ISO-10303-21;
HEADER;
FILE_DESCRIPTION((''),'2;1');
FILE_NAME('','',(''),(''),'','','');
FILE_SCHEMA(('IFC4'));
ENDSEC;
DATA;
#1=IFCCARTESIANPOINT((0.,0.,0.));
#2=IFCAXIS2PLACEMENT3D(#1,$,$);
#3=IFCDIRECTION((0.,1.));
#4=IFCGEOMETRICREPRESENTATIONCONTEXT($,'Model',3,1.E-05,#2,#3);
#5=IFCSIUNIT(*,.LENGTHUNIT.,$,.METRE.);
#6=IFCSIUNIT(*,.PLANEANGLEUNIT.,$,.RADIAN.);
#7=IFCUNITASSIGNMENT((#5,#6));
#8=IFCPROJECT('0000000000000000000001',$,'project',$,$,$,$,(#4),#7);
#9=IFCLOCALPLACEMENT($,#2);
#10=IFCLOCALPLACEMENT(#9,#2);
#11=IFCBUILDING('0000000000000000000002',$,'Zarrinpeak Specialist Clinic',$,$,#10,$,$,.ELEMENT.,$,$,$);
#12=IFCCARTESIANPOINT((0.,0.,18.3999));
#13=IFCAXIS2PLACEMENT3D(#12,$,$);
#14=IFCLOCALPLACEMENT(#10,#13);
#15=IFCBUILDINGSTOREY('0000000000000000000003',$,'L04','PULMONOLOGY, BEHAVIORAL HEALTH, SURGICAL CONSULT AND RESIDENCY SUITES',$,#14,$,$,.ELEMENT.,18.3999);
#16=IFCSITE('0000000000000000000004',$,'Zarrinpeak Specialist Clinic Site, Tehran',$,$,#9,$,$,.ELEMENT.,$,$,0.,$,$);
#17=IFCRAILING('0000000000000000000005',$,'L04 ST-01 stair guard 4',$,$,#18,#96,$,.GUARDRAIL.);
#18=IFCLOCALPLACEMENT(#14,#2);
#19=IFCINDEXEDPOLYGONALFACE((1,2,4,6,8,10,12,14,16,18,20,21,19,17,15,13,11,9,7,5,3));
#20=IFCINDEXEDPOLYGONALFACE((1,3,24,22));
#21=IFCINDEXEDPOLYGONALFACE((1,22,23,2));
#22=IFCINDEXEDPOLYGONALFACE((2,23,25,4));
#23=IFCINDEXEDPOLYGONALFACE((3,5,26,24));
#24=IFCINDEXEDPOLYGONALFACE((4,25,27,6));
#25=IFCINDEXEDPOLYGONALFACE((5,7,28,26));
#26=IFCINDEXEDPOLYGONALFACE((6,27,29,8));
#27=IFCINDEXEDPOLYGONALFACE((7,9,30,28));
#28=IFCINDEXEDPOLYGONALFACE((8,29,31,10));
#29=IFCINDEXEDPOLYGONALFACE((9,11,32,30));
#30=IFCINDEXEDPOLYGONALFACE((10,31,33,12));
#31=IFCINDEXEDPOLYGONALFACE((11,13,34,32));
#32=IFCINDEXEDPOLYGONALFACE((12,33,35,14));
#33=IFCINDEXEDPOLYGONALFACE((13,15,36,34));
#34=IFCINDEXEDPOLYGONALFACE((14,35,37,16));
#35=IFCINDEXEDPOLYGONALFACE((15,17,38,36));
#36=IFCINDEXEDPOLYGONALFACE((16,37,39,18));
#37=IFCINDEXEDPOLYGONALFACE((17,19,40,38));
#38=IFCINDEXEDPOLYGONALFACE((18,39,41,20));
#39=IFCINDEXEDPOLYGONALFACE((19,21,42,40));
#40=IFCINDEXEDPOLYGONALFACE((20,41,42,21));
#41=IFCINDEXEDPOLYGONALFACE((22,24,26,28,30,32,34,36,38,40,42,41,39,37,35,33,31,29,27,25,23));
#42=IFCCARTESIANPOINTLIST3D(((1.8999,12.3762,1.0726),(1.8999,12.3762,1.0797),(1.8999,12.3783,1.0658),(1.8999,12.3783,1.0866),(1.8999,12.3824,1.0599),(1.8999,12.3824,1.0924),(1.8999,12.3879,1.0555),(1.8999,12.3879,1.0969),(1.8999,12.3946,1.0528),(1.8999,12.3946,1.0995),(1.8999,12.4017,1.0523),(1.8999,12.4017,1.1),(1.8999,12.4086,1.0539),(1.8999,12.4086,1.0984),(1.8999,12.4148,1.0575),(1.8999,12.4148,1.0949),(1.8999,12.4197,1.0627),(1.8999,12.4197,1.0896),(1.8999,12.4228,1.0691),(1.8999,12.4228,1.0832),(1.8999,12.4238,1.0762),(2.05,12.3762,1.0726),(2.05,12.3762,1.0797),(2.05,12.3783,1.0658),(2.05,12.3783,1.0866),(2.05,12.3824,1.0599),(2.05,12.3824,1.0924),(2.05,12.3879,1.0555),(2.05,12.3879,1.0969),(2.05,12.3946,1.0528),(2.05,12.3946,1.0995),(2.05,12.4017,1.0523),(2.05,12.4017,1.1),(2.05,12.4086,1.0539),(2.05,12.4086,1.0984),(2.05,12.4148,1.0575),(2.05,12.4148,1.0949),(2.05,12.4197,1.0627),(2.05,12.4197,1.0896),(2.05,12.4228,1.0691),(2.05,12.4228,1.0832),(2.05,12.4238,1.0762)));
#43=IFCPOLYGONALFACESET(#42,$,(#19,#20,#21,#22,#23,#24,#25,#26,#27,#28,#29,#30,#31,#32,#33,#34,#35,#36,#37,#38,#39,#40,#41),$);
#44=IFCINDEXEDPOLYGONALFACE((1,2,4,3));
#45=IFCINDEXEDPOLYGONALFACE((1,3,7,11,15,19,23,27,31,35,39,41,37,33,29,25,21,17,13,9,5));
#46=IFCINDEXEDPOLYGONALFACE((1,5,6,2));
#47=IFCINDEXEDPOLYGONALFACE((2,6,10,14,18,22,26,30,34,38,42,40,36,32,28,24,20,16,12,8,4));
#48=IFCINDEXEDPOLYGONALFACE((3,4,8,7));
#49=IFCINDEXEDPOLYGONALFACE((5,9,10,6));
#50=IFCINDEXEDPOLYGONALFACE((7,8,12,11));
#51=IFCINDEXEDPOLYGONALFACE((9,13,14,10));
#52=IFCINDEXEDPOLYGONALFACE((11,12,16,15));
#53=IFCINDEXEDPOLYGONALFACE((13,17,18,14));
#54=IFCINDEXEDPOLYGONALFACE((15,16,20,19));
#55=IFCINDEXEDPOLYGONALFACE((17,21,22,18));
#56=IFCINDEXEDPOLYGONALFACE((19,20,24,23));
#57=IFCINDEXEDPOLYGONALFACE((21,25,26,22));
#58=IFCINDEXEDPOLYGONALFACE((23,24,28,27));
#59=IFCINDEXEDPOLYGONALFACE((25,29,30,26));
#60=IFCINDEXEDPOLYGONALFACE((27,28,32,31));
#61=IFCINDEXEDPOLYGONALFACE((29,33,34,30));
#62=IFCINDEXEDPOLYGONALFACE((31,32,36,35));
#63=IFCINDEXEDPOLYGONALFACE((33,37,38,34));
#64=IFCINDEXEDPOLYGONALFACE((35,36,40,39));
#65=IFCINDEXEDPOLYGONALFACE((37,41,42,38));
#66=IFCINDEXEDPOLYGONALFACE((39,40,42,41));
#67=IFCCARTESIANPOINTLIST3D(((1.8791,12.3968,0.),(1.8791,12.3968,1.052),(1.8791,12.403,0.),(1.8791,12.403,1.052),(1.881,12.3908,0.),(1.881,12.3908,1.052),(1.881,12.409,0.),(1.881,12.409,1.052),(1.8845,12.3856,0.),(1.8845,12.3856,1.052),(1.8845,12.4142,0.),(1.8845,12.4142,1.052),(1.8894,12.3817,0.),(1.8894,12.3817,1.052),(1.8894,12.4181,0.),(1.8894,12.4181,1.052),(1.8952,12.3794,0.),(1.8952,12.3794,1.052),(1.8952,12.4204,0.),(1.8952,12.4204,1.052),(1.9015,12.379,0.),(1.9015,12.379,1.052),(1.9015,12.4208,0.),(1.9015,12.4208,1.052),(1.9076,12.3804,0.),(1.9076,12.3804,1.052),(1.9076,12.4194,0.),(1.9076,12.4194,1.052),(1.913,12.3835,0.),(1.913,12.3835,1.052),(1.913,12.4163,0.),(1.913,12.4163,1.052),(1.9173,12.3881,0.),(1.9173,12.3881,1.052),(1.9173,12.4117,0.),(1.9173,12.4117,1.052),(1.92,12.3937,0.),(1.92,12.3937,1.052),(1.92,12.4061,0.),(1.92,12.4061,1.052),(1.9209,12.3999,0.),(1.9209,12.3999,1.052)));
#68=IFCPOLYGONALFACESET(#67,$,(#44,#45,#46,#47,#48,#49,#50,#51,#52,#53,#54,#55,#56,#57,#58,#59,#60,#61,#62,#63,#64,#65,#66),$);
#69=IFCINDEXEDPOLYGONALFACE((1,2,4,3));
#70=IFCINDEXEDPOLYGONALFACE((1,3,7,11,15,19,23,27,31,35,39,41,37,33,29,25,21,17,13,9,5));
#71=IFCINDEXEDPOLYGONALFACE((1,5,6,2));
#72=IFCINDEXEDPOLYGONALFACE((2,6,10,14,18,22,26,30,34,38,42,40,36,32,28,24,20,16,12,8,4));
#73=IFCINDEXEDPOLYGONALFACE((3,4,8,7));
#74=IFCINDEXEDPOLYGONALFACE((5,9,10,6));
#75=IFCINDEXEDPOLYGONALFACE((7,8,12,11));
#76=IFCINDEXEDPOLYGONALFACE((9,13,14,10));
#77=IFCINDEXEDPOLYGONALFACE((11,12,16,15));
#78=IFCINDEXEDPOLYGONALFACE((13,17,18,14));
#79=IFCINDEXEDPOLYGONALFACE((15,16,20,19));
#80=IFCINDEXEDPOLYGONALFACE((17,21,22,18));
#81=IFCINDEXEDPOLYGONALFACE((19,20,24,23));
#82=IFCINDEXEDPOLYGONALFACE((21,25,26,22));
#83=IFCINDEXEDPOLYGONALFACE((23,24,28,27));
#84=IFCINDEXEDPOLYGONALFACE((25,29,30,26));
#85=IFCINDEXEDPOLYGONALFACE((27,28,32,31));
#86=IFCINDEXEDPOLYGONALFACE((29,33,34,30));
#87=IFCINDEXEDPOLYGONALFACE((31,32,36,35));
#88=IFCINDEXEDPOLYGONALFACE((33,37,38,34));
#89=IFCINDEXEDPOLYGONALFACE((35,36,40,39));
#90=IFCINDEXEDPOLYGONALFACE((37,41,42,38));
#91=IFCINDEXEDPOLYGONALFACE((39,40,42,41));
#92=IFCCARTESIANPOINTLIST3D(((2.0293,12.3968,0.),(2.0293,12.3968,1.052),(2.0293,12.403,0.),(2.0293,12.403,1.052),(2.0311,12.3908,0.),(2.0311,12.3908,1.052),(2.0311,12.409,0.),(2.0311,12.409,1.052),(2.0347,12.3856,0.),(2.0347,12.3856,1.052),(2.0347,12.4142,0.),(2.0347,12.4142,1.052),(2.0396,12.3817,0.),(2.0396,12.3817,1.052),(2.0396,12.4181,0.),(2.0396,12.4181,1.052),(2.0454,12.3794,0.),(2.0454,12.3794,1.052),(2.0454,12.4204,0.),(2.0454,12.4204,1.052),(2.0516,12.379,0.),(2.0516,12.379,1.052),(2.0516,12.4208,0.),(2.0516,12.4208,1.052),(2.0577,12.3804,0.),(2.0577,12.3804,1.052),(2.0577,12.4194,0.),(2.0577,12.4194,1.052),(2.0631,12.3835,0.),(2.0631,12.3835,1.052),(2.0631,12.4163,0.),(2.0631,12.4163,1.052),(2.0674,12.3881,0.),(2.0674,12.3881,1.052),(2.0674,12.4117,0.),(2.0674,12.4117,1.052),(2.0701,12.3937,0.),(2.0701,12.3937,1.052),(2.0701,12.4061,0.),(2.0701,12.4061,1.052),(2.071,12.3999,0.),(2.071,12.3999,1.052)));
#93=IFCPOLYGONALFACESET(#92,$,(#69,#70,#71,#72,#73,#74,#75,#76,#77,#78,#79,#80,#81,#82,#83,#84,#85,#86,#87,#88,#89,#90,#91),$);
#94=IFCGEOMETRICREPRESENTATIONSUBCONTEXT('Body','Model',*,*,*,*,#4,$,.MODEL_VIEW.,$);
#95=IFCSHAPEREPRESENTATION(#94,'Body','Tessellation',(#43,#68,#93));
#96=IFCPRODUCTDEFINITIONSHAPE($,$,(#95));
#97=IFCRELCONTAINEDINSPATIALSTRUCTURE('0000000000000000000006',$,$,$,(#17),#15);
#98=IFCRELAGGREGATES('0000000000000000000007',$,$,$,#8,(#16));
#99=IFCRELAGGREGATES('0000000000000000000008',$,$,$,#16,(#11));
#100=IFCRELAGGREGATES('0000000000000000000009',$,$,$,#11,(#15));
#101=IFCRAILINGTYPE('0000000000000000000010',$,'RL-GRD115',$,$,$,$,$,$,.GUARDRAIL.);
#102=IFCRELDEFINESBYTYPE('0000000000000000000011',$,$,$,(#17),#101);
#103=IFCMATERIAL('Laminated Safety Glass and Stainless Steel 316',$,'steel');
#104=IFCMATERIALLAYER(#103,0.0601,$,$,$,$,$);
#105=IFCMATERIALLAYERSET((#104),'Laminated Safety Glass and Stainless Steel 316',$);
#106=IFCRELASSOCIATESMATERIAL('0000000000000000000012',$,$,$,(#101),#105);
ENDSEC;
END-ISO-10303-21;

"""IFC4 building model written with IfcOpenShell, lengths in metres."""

from ifc_helpers import new_model, si_unit, direction, frame, origin, origin_2d, place, context, subcontext, project, spatial, circle, extrude, material, layer, layer_set, type_object, element, save


model = new_model("IFC4")

# Units and contexts
model_context = context("Model", 3, precision=1e-05, world=origin(), true_north=direction((0.0, 1.0)))
body_context = subcontext(model_context, "Body", "Model", "MODEL_VIEW")
ifc_project = project(units=[si_unit("LENGTHUNIT", "METRE"), si_unit("PLANEANGLEUNIT", "RADIAN")], contexts=[model_context])

# Site, building, storey
site_placement = place(None, origin())
site = spatial("IfcSite", under=ifc_project, at=site_placement, Name="Zarrinpeak Specialist Clinic Site, Tehran", CompositionType="ELEMENT", RefElevation=0.0)
building_placement = place(site_placement, origin())
building = spatial("IfcBuilding", under=site, at=building_placement, Name="Zarrinpeak Specialist Clinic", CompositionType="ELEMENT")
storey_placement = place(building_placement, frame((0.0, 0.0, 18.3999)))
storey = spatial("IfcBuildingStorey", under=building, at=storey_placement, Name="L04", Description="PULMONOLOGY, BEHAVIORAL HEALTH, SURGICAL CONSULT AND RESIDENCY SUITES", CompositionType="ELEMENT", Elevation=18.3999)

# Railing
ifc_material_1 = material(Name="Laminated Safety Glass and Stainless Steel 316", Category="steel")
ifc_layer_1 = layer(ifc_material_1, 0.0601)
ifc_layer_set_1 = layer_set([ifc_layer_1], Name="Laminated Safety Glass and Stainless Steel 316")
railing_type_1 = type_object("IfcRailingType", Name="RL-GRD115", PredefinedType="GUARDRAIL", material=ifc_layer_set_1)
railing_1_placement = place(storey_placement, frame((1.8999, 12.3999, 0.0)))
element("IfcRailing", 1, at=railing_1_placement, inside=storey, type_object=railing_type_1, Name="L04 ST-01 stair guard 4", PredefinedType="GUARDRAIL", context=body_context, shape_type="SweptSolid", body=[
    extrude(circle(Radius=0.0239, at=origin_2d()), frame((0.0, 0.0, 1.0762), z_axis=(1.0, 0.0, 0.0), x_axis=(0.0, 1.0, 0.0)), (0.0, 0.0, 1.0), 0.1501),
    extrude(circle(Radius=0.021, at=origin_2d()), origin(), (0.0, 0.0, 1.0), 1.052),
    extrude(circle(Radius=0.021, at=origin_2d()), frame((0.1501, 0.0, 0.0)), (0.0, 0.0, 1.0), 1.052),
])

save(model, "model.ifc")
